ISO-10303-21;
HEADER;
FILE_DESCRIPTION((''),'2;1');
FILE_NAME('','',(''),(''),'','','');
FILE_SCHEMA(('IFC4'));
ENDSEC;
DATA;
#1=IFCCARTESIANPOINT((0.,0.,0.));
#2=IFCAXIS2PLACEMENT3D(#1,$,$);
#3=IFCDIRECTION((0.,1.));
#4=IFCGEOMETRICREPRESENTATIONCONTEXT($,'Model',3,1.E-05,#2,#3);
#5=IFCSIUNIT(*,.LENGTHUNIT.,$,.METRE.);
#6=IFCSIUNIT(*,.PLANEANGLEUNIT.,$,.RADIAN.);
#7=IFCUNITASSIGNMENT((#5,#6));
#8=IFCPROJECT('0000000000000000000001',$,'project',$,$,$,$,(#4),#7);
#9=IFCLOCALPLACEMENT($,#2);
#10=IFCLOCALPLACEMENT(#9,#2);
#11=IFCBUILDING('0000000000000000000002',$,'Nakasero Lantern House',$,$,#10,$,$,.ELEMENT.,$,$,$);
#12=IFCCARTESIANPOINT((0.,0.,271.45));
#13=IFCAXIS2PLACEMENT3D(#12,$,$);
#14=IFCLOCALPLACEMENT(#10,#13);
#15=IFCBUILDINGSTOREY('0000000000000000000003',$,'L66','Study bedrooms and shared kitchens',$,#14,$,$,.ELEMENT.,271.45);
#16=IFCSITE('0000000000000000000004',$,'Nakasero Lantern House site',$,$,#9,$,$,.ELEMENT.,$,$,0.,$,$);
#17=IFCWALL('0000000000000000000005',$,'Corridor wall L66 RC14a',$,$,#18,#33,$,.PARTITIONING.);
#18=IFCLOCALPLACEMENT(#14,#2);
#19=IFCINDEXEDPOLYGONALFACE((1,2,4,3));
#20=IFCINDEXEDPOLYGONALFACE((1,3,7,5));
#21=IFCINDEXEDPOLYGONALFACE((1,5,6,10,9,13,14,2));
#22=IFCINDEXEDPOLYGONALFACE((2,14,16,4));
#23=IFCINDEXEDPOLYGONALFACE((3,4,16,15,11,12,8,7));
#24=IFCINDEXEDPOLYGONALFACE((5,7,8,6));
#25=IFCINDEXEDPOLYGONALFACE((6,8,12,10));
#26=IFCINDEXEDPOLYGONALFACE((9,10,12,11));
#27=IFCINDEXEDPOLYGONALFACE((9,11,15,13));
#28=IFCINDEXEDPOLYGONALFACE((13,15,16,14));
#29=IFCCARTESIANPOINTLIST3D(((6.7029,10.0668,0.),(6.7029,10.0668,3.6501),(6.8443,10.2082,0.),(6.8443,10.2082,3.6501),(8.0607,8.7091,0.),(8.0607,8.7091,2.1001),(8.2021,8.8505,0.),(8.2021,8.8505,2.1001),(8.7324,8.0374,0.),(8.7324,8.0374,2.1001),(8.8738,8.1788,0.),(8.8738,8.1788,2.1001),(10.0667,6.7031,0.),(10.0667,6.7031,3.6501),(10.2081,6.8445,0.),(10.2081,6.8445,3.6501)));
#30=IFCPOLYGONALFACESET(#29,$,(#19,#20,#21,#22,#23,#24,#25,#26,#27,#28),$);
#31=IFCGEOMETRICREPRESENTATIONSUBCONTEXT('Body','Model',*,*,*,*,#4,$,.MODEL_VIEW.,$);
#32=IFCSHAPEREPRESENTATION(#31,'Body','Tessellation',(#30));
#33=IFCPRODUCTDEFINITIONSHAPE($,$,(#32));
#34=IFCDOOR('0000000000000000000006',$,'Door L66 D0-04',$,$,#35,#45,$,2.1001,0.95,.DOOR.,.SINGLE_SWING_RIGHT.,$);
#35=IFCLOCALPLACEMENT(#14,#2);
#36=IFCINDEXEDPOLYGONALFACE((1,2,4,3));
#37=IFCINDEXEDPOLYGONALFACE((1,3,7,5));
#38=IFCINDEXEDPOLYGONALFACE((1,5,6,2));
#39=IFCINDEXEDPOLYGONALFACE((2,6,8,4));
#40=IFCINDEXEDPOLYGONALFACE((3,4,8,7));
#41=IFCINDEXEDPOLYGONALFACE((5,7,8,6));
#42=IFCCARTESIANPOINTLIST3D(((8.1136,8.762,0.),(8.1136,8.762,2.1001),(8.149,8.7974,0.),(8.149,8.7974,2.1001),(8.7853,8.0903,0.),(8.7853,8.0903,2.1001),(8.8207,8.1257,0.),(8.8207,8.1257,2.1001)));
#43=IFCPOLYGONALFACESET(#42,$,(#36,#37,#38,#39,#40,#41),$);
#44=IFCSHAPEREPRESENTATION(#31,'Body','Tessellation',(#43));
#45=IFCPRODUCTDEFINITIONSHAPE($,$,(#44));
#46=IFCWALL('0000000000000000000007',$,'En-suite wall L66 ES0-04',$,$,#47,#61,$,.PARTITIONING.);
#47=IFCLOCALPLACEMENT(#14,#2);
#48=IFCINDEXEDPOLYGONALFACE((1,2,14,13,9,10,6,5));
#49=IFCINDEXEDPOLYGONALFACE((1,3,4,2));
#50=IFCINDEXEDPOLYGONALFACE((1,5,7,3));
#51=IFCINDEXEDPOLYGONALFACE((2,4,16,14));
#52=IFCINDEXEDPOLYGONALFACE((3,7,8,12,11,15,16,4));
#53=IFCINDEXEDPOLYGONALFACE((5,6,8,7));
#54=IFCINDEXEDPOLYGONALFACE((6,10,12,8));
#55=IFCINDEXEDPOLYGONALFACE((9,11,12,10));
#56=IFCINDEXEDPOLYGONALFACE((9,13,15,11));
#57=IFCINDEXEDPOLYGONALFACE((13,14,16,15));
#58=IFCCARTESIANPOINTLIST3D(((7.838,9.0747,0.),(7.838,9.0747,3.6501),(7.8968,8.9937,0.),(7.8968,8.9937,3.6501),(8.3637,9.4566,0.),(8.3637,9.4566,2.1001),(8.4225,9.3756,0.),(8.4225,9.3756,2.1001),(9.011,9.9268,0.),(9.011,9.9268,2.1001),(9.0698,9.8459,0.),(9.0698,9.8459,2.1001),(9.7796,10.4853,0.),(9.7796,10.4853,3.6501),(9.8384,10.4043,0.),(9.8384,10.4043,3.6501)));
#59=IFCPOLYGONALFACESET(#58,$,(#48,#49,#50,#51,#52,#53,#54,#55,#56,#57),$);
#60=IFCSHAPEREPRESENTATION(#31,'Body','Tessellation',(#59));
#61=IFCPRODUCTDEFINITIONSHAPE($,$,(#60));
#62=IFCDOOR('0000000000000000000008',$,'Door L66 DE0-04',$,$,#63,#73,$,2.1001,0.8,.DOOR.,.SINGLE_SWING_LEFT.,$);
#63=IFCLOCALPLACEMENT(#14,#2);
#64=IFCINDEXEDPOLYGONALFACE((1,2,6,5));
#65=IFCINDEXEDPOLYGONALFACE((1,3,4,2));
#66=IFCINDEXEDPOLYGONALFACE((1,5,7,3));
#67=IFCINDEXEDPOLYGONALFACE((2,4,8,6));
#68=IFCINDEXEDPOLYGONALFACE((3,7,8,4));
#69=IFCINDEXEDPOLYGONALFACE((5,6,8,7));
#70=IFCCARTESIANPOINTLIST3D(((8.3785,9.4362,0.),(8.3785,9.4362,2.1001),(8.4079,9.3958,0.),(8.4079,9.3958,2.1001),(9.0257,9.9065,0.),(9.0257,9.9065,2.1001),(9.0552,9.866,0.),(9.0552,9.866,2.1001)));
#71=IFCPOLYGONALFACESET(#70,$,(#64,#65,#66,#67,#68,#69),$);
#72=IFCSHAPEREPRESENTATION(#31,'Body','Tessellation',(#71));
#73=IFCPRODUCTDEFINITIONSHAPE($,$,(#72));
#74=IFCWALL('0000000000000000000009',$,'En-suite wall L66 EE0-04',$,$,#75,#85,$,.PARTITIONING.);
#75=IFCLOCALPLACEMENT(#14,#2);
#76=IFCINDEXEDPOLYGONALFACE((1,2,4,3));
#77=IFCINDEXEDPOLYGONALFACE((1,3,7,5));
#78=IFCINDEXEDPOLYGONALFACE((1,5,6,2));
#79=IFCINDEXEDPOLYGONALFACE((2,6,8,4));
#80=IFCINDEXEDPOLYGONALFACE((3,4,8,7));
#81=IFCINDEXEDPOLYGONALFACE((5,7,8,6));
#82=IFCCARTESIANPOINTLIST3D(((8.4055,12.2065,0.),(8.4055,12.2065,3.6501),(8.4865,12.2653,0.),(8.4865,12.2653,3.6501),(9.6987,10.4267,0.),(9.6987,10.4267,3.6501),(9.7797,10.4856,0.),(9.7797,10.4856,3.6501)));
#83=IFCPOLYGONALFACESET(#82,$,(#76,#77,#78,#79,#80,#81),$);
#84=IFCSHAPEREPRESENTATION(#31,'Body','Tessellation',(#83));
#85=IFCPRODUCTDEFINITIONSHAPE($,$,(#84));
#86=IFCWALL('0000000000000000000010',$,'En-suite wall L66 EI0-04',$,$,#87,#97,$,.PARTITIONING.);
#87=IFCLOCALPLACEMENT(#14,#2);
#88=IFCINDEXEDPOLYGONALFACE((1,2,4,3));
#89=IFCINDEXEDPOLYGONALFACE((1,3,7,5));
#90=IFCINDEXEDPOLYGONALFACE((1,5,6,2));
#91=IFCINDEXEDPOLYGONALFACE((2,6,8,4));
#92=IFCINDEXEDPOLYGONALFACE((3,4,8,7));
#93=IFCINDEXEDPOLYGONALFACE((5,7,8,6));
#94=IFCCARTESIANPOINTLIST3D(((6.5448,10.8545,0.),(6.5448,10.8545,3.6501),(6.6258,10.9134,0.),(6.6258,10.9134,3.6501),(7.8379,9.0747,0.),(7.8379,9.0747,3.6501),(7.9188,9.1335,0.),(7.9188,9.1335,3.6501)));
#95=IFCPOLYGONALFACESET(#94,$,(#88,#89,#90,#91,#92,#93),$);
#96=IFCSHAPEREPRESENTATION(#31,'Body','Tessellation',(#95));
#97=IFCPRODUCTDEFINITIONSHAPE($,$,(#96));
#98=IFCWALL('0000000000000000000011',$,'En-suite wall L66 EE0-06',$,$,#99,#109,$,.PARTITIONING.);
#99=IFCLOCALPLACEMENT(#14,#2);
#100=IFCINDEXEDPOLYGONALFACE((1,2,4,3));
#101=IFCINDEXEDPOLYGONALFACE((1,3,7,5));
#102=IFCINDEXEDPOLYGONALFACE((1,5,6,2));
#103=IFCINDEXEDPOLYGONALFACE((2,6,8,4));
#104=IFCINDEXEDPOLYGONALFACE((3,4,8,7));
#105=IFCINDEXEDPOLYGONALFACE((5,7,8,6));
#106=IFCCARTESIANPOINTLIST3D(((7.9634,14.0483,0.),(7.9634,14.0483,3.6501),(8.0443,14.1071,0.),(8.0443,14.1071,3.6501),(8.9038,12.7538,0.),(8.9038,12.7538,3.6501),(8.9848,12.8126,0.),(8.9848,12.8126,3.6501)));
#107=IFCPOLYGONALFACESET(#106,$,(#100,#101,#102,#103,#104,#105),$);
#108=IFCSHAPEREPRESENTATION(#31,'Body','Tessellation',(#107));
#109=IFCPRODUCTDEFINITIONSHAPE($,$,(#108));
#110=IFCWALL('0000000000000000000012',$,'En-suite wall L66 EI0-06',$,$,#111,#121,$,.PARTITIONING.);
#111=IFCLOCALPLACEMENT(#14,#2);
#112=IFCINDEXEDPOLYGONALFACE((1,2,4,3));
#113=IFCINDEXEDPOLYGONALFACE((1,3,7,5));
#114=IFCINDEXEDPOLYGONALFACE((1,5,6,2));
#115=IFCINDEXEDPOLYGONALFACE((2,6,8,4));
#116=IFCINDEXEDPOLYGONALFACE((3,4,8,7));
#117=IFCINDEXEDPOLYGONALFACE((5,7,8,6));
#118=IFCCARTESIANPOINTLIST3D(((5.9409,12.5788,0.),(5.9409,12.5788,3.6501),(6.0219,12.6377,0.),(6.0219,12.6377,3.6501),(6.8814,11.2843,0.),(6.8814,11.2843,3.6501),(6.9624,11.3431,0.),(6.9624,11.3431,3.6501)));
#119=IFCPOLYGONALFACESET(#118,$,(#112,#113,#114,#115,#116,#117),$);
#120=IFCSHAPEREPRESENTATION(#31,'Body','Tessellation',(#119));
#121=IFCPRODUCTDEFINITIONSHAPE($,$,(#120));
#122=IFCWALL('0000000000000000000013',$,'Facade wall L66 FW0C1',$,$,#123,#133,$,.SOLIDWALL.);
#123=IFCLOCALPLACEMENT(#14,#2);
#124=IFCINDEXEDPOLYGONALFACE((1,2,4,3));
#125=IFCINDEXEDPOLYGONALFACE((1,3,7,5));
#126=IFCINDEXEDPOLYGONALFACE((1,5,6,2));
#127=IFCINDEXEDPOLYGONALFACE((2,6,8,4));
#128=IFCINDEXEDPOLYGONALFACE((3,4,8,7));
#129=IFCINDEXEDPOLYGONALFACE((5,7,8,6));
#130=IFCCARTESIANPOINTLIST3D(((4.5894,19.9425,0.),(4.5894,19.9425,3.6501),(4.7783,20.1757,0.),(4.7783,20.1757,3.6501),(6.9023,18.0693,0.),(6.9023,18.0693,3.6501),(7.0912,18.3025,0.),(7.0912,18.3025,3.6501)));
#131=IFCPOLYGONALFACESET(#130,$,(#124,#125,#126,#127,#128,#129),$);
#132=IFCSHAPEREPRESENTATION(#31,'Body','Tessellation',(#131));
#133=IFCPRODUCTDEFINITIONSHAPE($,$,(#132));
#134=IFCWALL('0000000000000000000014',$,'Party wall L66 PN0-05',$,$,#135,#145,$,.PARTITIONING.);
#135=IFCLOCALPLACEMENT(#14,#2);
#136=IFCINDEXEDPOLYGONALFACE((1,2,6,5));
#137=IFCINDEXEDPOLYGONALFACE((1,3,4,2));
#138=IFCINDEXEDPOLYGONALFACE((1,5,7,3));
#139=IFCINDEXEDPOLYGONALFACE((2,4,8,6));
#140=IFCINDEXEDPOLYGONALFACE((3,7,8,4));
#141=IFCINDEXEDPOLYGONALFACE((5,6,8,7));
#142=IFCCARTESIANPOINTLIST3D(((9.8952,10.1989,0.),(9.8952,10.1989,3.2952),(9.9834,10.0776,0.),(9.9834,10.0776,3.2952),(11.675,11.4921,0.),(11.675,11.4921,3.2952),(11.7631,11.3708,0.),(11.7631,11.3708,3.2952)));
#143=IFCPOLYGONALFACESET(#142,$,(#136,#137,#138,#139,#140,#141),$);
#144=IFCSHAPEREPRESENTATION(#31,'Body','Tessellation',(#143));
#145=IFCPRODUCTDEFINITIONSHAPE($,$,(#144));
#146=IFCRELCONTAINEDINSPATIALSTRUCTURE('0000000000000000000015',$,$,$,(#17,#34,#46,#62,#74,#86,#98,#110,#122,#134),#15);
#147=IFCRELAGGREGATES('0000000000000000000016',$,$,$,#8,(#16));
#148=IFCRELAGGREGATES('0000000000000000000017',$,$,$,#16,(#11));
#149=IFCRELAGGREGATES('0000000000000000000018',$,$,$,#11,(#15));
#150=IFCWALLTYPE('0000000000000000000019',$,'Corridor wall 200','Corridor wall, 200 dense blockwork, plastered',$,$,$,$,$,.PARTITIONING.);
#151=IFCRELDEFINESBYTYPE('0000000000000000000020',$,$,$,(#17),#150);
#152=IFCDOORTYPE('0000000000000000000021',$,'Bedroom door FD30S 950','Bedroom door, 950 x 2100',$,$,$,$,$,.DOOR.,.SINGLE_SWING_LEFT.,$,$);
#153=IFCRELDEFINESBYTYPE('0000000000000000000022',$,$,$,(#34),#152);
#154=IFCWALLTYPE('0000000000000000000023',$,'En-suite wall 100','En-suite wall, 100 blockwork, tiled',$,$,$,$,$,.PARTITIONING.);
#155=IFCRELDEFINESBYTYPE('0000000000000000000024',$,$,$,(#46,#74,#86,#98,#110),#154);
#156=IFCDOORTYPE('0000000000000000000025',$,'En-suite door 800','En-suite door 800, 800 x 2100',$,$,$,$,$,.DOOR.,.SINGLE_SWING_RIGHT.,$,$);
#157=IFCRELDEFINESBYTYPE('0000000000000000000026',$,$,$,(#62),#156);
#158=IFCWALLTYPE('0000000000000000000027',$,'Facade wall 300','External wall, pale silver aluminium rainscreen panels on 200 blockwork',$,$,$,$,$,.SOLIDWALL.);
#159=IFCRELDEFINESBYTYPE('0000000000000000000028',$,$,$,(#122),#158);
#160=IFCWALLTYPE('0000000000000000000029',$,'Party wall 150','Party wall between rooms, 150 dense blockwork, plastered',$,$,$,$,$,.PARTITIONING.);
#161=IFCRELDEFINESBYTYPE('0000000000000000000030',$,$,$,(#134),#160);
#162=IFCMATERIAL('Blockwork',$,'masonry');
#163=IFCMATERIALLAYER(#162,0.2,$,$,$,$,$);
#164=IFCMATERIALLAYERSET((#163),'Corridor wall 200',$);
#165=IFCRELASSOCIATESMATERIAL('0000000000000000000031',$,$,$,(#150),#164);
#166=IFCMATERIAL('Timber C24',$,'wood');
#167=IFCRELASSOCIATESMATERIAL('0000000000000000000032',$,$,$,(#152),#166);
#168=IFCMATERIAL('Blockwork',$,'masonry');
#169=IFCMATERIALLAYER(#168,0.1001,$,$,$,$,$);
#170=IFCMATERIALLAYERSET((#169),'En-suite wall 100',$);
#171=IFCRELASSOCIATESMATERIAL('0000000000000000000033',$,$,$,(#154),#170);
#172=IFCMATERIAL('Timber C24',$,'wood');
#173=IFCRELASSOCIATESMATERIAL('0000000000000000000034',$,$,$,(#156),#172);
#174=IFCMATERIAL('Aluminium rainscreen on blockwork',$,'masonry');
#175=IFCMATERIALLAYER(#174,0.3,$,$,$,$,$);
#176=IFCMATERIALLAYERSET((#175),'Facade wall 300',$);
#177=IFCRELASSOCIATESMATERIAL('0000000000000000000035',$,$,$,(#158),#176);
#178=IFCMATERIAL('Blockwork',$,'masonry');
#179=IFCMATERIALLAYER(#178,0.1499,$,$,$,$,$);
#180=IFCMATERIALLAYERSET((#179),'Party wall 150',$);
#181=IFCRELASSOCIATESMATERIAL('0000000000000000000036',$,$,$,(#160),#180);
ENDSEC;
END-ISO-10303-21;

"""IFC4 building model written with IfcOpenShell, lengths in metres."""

from ifc_helpers import new_model, si_unit, direction, frame, frame_2d, origin, place, context, subcontext, project, spatial, rectangle, extrude, material, layer, layer_set, type_object, element, fill, save


model = new_model("IFC4")

# Units and contexts
model_context = context("Model", 3, precision=1e-05, world=origin(), true_north=direction((0.0, 1.0)))
body_context = subcontext(model_context, "Body", "Model", "MODEL_VIEW")
ifc_project = project(units=[si_unit("LENGTHUNIT", "METRE"), si_unit("PLANEANGLEUNIT", "RADIAN")], contexts=[model_context])

# Site, building, storey
site_placement = place(None, origin())
site = spatial("IfcSite", under=ifc_project, at=site_placement, Name="Nakasero Lantern House site", CompositionType="ELEMENT", RefElevation=0.0)
building_placement = place(site_placement, origin())
building = spatial("IfcBuilding", under=site, at=building_placement, Name="Nakasero Lantern House", CompositionType="ELEMENT")
storey_placement = place(building_placement, frame((0.0, 0.0, 271.45)))
storey = spatial("IfcBuildingStorey", under=building, at=storey_placement, Name="L66", Description="Study bedrooms and shared kitchens", CompositionType="ELEMENT", Elevation=271.45)

# Walls, openings, doors
ifc_material_1 = material(Name="Blockwork", Category="masonry")
ifc_layer_1 = layer(ifc_material_1, 0.2)
ifc_layer_set_1 = layer_set([ifc_layer_1], Name="Corridor wall 200")
wall_type_1 = type_object("IfcWallType", Name="Corridor wall 200", Description="Corridor wall, 200 dense blockwork, plastered", PredefinedType="PARTITIONING", material=ifc_layer_set_1)
wall_1_placement = place(storey_placement, frame((6.7737, 10.1375, 0.0), z_axis=(0.0, 0.0, 1.0), x_axis=(0.707107, -0.707107, 0.0)))
wall_1 = element("IfcWall", 1, at=wall_1_placement, inside=storey, type_object=wall_type_1, Name="Corridor wall L66 RC14a", PredefinedType="PARTITIONING", context=body_context, shape_type="SweptSolid", body=[
    extrude(rectangle(XDim=4.7571, YDim=0.2, at=frame_2d((2.3784, 0.0))), origin(), (0.0, 0.0, 1.0), 3.6501),
])
opening_1_placement = place(wall_1_placement, frame((1.9199, 0.0, 0.0)))
opening_1 = element("IfcOpeningElement", 2, at=opening_1_placement, cuts=wall_1, PredefinedType="OPENING", context=body_context, shape_type="SweptSolid", body=[
    extrude(rectangle(XDim=0.95, YDim=2.1001, at=frame_2d((0.4751, 1.05))), frame((0.0, 0.1199, 0.0), z_axis=(0.0, -1.0, 0.0), x_axis=(1.0, 0.0, 0.0)), (0.0, 0.0, 1.0), 0.24),
])
ifc_material_2 = material(Name="Timber C24", Category="wood")
door_type_1 = type_object("IfcDoorType", Name="Bedroom door FD30S 950", Description="Bedroom door, 950 x 2100", OperationType="SINGLE_SWING_LEFT", PredefinedType="DOOR", material=ifc_material_2)
door_1_placement = place(opening_1_placement, origin())
door_1 = element("IfcDoor", 3, at=door_1_placement, inside=storey, type_object=door_type_1, Name="Door L66 D0-04", OperationType="SINGLE_SWING_RIGHT", OverallHeight=2.1001, OverallWidth=0.95, PredefinedType="DOOR", context=body_context, shape_type="SweptSolid", body=[
    extrude(rectangle(XDim=0.95, YDim=2.1001, at=frame_2d((0.4751, 1.05))), frame((0.0, 0.0249, 0.0), z_axis=(0.0, -1.0, 0.0), x_axis=(1.0, 0.0, 0.0)), (0.0, 0.0, 1.0), 0.05),
])
fill(opening_1, door_1)
ifc_material_3 = material(Name="Blockwork", Category="masonry")
ifc_layer_2 = layer(ifc_material_3, 0.1001)
ifc_layer_set_2 = layer_set([ifc_layer_2], Name="En-suite wall 100")
wall_type_2 = type_object("IfcWallType", Name="En-suite wall 100", Description="En-suite wall, 100 blockwork, tiled", PredefinedType="PARTITIONING", material=ifc_layer_set_2)
wall_2_placement = place(storey_placement, frame((7.8674, 9.0342, 0.0), z_axis=(0.0, 0.0, 1.0), x_axis=(0.809026, 0.587772, 0.0)))
wall_2 = element("IfcWall", 4, at=wall_2_placement, inside=storey, type_object=wall_type_2, Name="En-suite wall L66 ES0-04", PredefinedType="PARTITIONING", context=body_context, shape_type="SweptSolid", body=[
    extrude(rectangle(XDim=2.3999, YDim=0.1001, at=frame_2d((1.2, 0.0))), origin(), (0.0, 0.0, 1.0), 3.6501),
])
opening_2_placement = place(wall_2_placement, frame((0.6499, 0.0, 0.0)))
opening_2 = element("IfcOpeningElement", 5, at=opening_2_placement, cuts=wall_2, PredefinedType="OPENING", context=body_context, shape_type="SweptSolid", body=[
    extrude(rectangle(XDim=0.8, YDim=2.1001, at=frame_2d((0.3999, 1.05))), frame((0.0, 0.0701, 0.0), z_axis=(0.0, -1.0, 0.0), x_axis=(1.0, 0.0, 0.0)), (0.0, 0.0, 1.0), 0.1401),
])
ifc_material_4 = material(Name="Timber C24", Category="wood")
door_type_2 = type_object("IfcDoorType", Name="En-suite door 800", Description="En-suite door 800, 800 x 2100", OperationType="SINGLE_SWING_RIGHT", PredefinedType="DOOR", material=ifc_material_4)
door_2_placement = place(opening_2_placement, origin())
door_2 = element("IfcDoor", 6, at=door_2_placement, inside=storey, type_object=door_type_2, Name="Door L66 DE0-04", OperationType="SINGLE_SWING_LEFT", OverallHeight=2.1001, OverallWidth=0.8, PredefinedType="DOOR", context=body_context, shape_type="SweptSolid", body=[
    extrude(rectangle(XDim=0.8, YDim=2.1001, at=frame_2d((0.3999, 1.05))), frame((0.0, 0.0249, 0.0), z_axis=(0.0, -1.0, 0.0), x_axis=(1.0, 0.0, 0.0)), (0.0, 0.0, 1.0), 0.05),
])
fill(opening_2, door_2)

# Walls
for number, where, z_axis, x_axis, name in (
    (7, (9.7393, 10.4561, 0.0), (0.0, 0.0, 1.0), (-0.587822, 0.80899, 0.0), "En-suite wall L66 EE0-04"),
    (8, (7.8784, 9.104, 0.0), (0.0, 0.0, 1.0), (-0.587749, 0.809043, 0.0), "En-suite wall L66 EI0-04"),
):
    element("IfcWall", number, at=place(storey_placement, frame(where, z_axis=z_axis, x_axis=x_axis)), inside=storey, type_object=wall_type_2, Name=name, PredefinedType="PARTITIONING", context=body_context, shape_type="SweptSolid", body=[
        extrude(rectangle(XDim=2.2, YDim=0.1001, at=frame_2d((1.1001, 0.0))), origin(), (0.0, 0.0, 1.0), 3.6501),
    ])
for number, where, z_axis, x_axis, name in (
    (9, (8.9443, 12.7832, 0.0), (0.0, 0.0, 1.0), (-0.587772, 0.809026, 0.0), "En-suite wall L66 EE0-06"),
    (10, (6.9219, 11.3137, 0.0), (0.0, 0.0, 1.0), (-0.587772, 0.809026, 0.0), "En-suite wall L66 EI0-06"),
):
    element("IfcWall", number, at=place(storey_placement, frame(where, z_axis=z_axis, x_axis=x_axis)), inside=storey, type_object=wall_type_2, Name=name, PredefinedType="PARTITIONING", context=body_context, shape_type="SweptSolid", body=[
        extrude(rectangle(XDim=1.6001, YDim=0.1001, at=frame_2d((0.8, 0.0))), origin(), (0.0, 0.0, 1.0), 3.6501),
    ])
ifc_material_5 = material(Name="Aluminium rainscreen on blockwork", Category="masonry")
ifc_layer_3 = layer(ifc_material_5, 0.3)
ifc_layer_set_3 = layer_set([ifc_layer_3], Name="Facade wall 300")
wall_type_3 = type_object("IfcWallType", Name="Facade wall 300", Description="External wall, pale silver aluminium rainscreen panels on 200 blockwork", PredefinedType="SOLIDWALL", material=ifc_layer_set_3)
wall_3_placement = place(storey_placement, frame((6.9968, 18.1858, 0.0), z_axis=(0.0, 0.0, 1.0), x_axis=(-0.777102, 0.629375, 0.0)))
element("IfcWall", 11, at=wall_3_placement, inside=storey, type_object=wall_type_3, Name="Facade wall L66 FW0C1", PredefinedType="SOLIDWALL", context=body_context, shape_type="SweptSolid", body=[
    extrude(rectangle(XDim=2.9763, YDim=0.3, at=frame_2d((1.4883, 0.0))), origin(), (0.0, 0.0, 1.0), 3.6501),
])
ifc_material_6 = material(Name="Blockwork", Category="masonry")
ifc_layer_4 = layer(ifc_material_6, 0.1499)
ifc_layer_set_4 = layer_set([ifc_layer_4], Name="Party wall 150")
wall_type_4 = type_object("IfcWallType", Name="Party wall 150", Description="Party wall between rooms, 150 dense blockwork, plastered", PredefinedType="PARTITIONING", material=ifc_layer_set_4)
wall_4_placement = place(storey_placement, frame((9.9392, 10.1382, 0.0), z_axis=(0.0, 0.0, 1.0), x_axis=(0.80899, 0.587822, 0.0)))
element("IfcWall", 12, at=wall_4_placement, inside=storey, type_object=wall_type_4, Name="Party wall L66 PN0-05", PredefinedType="PARTITIONING", context=body_context, shape_type="SweptSolid", body=[
    extrude(rectangle(XDim=2.2, YDim=0.1499, at=frame_2d((1.1001, 0.0))), origin(), (0.0, 0.0, 1.0), 3.2952),
])

save(model, "model.ifc")
